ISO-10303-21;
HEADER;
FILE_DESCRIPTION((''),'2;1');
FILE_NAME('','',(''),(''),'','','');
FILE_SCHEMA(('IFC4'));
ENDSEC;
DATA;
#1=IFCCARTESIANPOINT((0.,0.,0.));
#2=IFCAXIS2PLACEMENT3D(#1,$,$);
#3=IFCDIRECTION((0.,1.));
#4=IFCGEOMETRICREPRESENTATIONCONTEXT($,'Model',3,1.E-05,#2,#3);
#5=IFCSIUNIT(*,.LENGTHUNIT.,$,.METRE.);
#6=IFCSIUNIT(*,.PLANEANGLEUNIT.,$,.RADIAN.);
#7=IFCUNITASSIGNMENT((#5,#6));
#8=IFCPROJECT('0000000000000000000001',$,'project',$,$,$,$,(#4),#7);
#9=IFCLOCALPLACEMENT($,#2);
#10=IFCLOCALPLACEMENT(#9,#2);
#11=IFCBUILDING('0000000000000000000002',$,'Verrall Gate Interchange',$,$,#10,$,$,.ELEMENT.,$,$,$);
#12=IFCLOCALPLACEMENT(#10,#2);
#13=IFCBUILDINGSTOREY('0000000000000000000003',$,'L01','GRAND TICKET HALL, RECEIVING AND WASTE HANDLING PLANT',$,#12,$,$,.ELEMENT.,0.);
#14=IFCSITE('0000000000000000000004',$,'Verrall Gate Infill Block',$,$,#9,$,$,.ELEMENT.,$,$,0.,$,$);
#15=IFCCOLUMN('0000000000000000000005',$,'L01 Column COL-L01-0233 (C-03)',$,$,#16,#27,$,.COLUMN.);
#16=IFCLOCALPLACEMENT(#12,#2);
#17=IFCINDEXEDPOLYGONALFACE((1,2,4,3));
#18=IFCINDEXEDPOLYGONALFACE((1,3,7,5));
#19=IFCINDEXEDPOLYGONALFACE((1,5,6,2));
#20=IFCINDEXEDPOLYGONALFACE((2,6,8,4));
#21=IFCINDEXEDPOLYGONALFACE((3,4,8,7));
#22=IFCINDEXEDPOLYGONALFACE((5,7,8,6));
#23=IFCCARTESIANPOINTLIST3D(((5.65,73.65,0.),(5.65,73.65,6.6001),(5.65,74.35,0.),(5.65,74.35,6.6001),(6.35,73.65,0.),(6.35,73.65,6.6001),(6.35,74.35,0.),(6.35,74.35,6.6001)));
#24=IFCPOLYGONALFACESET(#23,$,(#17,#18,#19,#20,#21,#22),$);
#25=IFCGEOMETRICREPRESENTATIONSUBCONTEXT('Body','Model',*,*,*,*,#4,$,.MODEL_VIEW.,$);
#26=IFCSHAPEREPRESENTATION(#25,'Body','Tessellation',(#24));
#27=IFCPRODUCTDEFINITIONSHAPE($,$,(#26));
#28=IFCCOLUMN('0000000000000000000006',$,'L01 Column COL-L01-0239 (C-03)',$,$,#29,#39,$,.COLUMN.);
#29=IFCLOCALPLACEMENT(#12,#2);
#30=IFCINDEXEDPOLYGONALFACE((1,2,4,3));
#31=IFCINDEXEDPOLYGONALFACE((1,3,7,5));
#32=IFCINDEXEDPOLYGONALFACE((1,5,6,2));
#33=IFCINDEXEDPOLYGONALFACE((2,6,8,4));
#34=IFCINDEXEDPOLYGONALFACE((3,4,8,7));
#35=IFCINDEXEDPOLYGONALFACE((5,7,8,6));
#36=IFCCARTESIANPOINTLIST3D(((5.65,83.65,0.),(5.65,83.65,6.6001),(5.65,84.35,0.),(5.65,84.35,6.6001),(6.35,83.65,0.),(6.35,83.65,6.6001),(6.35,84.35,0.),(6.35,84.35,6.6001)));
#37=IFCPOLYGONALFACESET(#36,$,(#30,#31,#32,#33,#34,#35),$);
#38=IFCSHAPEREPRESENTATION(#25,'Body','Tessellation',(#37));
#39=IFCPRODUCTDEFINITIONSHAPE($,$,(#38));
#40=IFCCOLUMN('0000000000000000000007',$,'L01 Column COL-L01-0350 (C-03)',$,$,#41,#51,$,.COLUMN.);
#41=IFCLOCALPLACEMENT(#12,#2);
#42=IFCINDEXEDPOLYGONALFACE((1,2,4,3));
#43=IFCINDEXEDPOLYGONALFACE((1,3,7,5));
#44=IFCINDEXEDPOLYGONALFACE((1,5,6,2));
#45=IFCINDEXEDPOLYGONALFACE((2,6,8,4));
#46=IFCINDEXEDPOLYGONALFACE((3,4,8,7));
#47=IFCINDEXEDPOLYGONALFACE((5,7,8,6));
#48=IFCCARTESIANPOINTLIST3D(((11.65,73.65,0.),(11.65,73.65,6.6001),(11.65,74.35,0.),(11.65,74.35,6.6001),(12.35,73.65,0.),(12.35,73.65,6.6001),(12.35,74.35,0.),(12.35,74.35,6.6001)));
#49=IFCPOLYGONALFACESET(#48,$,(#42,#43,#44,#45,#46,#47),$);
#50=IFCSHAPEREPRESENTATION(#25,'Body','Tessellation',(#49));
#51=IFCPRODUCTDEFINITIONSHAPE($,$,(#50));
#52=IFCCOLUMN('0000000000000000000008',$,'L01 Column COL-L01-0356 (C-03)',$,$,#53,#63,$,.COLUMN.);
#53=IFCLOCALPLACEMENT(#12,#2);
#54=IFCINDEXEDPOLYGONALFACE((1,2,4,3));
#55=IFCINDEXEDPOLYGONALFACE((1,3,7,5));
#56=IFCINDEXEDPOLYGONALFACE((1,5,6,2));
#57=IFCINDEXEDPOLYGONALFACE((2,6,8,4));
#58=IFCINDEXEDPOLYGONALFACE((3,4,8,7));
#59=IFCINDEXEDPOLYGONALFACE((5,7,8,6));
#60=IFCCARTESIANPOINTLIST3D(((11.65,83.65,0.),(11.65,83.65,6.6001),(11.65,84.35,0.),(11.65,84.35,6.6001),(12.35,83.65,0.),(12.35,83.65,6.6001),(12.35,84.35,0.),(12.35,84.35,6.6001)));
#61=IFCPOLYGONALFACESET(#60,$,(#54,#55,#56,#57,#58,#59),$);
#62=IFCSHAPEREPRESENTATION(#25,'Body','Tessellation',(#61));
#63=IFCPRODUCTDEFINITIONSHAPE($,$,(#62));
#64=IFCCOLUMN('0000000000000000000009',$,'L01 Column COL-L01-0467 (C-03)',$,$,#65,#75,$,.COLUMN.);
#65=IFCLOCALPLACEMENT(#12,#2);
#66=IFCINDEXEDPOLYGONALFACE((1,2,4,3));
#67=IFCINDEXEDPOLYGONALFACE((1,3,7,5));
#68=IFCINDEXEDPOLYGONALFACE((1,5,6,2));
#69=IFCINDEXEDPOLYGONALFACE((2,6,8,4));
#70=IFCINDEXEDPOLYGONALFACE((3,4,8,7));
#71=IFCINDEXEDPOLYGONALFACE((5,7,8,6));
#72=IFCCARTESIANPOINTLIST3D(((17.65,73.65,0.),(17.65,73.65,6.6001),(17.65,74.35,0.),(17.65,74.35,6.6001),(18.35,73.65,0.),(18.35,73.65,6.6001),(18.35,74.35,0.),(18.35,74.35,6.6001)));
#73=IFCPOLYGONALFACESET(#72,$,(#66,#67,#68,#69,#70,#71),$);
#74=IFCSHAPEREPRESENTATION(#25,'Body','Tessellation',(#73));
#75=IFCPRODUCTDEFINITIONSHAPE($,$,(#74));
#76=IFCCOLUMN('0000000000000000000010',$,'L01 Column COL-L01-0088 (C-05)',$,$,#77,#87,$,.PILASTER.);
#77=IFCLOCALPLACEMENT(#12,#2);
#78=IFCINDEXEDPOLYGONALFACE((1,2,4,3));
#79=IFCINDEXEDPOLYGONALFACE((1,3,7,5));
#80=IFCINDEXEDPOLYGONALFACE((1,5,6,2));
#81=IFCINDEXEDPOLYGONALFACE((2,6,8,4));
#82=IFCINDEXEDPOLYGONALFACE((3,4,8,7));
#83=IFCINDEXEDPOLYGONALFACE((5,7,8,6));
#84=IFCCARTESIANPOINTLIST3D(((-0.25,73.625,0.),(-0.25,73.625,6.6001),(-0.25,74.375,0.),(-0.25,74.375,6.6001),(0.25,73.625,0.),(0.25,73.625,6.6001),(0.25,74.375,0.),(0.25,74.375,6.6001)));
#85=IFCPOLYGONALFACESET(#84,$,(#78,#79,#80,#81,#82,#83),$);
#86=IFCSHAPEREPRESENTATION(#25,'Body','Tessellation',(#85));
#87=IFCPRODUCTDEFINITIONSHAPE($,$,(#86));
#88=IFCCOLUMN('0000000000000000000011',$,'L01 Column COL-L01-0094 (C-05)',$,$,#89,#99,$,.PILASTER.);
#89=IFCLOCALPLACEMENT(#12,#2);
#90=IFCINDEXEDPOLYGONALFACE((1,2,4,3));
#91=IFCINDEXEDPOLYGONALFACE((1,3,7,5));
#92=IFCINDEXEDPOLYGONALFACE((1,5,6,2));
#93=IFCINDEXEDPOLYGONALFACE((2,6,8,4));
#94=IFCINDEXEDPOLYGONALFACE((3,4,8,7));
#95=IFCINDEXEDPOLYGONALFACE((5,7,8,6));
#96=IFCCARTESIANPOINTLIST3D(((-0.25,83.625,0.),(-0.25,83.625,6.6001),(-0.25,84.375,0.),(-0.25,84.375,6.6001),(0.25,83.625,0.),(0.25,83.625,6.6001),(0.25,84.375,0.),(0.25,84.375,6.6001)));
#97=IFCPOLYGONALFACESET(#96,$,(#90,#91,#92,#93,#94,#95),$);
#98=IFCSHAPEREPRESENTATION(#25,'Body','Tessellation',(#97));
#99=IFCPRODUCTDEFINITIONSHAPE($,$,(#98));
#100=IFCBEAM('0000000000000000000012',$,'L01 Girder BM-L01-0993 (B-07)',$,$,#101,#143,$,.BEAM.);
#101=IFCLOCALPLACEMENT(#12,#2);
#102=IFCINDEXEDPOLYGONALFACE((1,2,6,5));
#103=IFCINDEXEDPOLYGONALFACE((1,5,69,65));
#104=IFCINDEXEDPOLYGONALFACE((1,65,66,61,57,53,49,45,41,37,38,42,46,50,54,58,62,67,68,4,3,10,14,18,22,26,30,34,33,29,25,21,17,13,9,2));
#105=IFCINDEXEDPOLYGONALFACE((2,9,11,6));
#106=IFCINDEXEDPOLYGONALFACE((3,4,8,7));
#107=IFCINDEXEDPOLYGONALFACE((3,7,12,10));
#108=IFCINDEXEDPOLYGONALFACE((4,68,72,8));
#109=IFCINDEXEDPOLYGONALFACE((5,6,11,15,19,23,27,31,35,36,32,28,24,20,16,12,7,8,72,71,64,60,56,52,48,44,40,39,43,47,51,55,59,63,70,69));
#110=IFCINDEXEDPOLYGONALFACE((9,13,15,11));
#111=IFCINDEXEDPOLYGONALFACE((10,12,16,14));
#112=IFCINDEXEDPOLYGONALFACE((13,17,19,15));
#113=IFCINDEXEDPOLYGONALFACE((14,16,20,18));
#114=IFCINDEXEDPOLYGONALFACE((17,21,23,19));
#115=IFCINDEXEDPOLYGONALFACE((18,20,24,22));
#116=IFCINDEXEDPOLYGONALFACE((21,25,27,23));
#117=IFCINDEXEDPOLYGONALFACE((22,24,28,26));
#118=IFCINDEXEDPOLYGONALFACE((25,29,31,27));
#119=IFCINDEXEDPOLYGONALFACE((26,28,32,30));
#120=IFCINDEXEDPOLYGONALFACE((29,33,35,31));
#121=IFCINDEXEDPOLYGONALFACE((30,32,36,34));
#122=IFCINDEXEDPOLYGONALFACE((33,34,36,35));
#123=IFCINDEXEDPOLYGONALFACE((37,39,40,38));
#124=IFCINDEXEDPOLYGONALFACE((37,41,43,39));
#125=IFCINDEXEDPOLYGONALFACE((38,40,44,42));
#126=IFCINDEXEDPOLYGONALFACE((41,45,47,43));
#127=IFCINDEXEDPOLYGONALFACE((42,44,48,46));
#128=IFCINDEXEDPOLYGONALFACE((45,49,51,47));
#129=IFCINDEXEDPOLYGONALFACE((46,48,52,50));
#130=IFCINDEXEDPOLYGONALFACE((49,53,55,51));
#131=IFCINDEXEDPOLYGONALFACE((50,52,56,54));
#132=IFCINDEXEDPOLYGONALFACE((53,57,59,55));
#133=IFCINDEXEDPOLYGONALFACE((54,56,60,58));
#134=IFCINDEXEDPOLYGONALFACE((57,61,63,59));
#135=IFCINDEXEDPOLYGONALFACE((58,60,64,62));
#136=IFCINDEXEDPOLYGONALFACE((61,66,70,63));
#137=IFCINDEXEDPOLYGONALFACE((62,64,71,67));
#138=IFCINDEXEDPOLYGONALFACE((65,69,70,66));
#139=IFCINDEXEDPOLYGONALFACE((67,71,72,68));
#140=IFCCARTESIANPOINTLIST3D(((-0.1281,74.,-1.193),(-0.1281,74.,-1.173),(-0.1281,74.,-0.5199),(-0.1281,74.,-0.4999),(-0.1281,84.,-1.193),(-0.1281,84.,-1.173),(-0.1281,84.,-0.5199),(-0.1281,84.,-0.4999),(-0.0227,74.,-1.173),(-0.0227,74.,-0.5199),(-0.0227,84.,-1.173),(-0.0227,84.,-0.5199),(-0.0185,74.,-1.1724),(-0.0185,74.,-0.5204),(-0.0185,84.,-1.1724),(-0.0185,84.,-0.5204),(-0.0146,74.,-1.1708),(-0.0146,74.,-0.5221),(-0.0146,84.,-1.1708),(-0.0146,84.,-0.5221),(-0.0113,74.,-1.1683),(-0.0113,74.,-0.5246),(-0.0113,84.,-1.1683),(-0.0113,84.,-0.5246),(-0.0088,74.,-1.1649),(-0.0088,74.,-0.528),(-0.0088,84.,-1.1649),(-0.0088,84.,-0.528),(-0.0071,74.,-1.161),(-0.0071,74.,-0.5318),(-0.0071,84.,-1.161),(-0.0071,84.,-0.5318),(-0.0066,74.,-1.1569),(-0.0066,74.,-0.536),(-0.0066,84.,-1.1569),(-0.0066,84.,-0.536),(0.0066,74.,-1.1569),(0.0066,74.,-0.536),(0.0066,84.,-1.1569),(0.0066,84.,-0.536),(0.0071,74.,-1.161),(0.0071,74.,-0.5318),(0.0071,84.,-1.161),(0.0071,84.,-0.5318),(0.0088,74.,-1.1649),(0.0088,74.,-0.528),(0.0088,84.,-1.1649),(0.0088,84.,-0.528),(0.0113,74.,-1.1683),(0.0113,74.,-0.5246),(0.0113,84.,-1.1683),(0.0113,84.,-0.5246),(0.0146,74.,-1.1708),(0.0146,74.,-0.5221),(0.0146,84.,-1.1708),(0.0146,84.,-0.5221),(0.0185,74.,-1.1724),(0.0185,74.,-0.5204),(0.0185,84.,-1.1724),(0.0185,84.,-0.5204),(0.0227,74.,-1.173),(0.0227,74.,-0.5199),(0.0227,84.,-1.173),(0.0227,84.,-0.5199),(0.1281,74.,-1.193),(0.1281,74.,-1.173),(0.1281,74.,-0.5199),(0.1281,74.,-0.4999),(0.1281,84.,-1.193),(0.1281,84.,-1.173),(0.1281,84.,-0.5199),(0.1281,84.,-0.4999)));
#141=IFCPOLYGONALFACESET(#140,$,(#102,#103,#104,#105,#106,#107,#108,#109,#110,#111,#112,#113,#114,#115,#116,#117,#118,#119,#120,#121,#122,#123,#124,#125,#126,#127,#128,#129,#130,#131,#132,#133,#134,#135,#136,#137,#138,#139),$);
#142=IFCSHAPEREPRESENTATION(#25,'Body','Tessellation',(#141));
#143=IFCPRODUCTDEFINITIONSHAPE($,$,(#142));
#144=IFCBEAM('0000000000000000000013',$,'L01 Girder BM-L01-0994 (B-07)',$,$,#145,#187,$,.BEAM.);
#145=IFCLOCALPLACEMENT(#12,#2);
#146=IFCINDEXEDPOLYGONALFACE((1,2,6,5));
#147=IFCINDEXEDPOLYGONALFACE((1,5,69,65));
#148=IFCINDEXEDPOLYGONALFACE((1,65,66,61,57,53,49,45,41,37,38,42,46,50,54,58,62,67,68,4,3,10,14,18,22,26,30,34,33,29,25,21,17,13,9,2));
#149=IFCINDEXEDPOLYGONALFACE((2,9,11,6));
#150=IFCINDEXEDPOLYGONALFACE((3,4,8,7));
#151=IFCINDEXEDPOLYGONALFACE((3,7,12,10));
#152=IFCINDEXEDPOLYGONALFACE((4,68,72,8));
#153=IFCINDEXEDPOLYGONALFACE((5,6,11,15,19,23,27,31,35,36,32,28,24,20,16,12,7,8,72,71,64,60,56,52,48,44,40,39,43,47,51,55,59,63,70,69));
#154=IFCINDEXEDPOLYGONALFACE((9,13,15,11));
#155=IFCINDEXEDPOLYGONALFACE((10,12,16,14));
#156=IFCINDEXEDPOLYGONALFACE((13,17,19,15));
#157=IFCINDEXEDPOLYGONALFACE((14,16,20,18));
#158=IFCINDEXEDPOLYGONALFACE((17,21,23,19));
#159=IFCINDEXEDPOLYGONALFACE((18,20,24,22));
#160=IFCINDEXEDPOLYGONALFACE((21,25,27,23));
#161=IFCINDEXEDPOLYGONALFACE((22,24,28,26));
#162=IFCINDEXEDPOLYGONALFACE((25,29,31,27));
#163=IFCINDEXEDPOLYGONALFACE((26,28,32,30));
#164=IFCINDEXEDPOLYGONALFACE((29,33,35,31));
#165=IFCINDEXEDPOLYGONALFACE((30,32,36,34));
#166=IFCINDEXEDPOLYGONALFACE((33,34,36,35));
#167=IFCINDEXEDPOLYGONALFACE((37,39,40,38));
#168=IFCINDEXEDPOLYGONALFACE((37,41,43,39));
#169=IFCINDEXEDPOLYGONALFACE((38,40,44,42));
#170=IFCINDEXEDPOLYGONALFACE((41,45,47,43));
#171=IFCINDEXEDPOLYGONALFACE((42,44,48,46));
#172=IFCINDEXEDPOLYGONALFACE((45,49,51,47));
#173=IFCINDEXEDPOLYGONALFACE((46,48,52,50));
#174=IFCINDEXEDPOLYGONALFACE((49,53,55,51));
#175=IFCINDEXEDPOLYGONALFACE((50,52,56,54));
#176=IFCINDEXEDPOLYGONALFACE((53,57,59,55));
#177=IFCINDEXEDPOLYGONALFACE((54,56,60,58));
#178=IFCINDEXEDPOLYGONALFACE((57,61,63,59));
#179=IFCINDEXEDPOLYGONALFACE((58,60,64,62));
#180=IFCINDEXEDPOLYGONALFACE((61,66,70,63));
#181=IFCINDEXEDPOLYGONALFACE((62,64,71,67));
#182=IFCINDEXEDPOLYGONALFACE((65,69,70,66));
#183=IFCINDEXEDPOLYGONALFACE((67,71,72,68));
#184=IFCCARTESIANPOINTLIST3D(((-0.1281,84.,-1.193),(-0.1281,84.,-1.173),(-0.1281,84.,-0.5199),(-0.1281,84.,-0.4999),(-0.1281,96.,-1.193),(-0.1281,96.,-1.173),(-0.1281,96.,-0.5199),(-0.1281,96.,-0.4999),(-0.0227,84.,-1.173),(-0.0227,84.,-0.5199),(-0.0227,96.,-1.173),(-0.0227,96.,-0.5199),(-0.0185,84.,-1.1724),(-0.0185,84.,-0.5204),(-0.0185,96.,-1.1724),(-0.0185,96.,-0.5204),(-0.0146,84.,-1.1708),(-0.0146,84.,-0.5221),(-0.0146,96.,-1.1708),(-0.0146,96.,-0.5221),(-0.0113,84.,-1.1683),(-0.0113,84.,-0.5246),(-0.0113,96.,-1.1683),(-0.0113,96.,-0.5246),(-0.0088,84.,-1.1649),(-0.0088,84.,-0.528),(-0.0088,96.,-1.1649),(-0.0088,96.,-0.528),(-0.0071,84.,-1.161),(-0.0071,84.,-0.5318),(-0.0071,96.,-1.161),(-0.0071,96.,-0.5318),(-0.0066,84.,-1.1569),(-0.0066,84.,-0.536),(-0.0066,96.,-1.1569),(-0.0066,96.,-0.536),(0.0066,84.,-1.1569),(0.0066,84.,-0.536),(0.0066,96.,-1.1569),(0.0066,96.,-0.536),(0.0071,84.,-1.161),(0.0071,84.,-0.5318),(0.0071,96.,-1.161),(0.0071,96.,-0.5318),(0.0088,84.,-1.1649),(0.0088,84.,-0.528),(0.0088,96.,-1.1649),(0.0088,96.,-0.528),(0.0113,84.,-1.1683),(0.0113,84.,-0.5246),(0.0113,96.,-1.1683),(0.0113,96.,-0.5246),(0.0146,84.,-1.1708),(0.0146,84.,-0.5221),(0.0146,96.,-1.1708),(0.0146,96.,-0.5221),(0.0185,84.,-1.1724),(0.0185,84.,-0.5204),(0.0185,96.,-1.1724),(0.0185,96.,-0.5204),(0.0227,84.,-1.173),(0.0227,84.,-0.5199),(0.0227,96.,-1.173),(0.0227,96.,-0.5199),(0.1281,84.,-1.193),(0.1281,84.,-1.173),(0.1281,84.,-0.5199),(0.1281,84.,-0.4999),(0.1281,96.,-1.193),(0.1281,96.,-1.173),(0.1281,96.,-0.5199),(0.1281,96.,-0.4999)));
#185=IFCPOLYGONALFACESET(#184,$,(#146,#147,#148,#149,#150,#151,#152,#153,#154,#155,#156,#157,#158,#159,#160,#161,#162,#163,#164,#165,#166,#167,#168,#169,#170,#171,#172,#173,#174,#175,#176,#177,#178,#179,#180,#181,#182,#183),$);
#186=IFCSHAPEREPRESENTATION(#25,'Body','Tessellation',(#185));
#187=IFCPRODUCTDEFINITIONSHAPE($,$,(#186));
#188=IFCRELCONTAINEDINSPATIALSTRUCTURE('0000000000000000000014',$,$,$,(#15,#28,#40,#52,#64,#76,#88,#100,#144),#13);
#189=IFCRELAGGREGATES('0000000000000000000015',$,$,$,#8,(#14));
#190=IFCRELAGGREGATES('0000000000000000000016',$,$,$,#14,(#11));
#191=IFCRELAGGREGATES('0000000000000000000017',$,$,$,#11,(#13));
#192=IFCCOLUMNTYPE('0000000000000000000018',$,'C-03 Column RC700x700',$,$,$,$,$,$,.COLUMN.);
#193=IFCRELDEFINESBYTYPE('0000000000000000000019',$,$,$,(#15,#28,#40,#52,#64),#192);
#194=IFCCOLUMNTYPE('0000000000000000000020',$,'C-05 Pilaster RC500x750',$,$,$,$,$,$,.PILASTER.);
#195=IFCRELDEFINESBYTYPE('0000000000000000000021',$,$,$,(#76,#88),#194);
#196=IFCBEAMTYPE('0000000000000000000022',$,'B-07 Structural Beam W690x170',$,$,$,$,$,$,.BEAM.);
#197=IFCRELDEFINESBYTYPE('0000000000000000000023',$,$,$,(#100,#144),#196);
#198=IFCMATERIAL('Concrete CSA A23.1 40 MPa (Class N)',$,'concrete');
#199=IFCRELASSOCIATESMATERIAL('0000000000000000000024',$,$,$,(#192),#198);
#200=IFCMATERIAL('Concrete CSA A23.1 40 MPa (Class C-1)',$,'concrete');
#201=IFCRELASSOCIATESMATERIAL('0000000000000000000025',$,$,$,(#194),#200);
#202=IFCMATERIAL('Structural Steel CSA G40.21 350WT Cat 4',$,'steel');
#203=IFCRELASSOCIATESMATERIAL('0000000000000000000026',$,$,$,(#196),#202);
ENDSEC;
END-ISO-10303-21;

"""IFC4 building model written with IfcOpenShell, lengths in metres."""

from ifc_helpers import new_model, si_unit, direction, frame, origin, origin_2d, place, context, subcontext, project, spatial, rectangle, i_section, extrude, material, material_profile, profile_set, type_object, element, save


model = new_model("IFC4")

# Units and contexts
model_context = context("Model", 3, precision=1e-05, world=origin(), true_north=direction((0.0, 1.0)))
body_context = subcontext(model_context, "Body", "Model", "MODEL_VIEW")
ifc_project = project(units=[si_unit("LENGTHUNIT", "METRE"), si_unit("PLANEANGLEUNIT", "RADIAN")], contexts=[model_context])

# Site, building, storey
site_placement = place(None, origin())
site = spatial("IfcSite", under=ifc_project, at=site_placement, Name="Verrall Gate Infill Block", CompositionType="ELEMENT", RefElevation=0.0)
building_placement = place(site_placement, origin())
building = spatial("IfcBuilding", under=site, at=building_placement, Name="Verrall Gate Interchange", CompositionType="ELEMENT")
storey_placement = place(building_placement, origin())
storey = spatial("IfcBuildingStorey", under=building, at=storey_placement, Name="L01", Description="GRAND TICKET HALL, RECEIVING AND WASTE HANDLING PLANT", CompositionType="ELEMENT", Elevation=0.0)

# Columns
ifc_material_1 = material(Name="Concrete CSA A23.1 40 MPa (Class N)", Category="concrete")
ifc_material_profile_1 = material_profile(ifc_material_1, rectangle(XDim=0.7, YDim=0.7, at=origin_2d()), Name="RC700x700")
ifc_profile_set_1 = profile_set([ifc_material_profile_1], Name="Concrete CSA A23.1 40 MPa (Class N)")
column_type_1 = type_object("IfcColumnType", Name="C-03 Column RC700x700", PredefinedType="COLUMN", material=ifc_profile_set_1)
for number, where, z_axis, x_axis, name in (
    (1, (6.0, 74.0, 0.0), (0.0, 0.0, 1.0), (1.0, 0.0, 0.0), "L01 Column COL-L01-0233 (C-03)"),
    (2, (6.0, 84.0, 0.0), (0.0, 0.0, 1.0), (1.0, 0.0, 0.0), "L01 Column COL-L01-0239 (C-03)"),
    (3, (12.0, 74.0, 0.0), (0.0, 0.0, 1.0), (1.0, 0.0, 0.0), "L01 Column COL-L01-0350 (C-03)"),
    (4, (12.0, 84.0, 0.0), (0.0, 0.0, 1.0), (1.0, 0.0, 0.0), "L01 Column COL-L01-0356 (C-03)"),
    (5, (18.0, 74.0, 0.0), (0.0, 0.0, 1.0), (1.0, 0.0, 0.0), "L01 Column COL-L01-0467 (C-03)"),
):
    element("IfcColumn", number, at=place(storey_placement, frame(where, z_axis=z_axis, x_axis=x_axis)), inside=storey, type_object=column_type_1, Name=name, PredefinedType="COLUMN", context=body_context, shape_type="SweptSolid", body=[
        extrude(rectangle(XDim=0.7, YDim=0.7, at=origin_2d()), origin(), (0.0, 0.0, 1.0), 6.6001),
    ])
ifc_material_2 = material(Name="Concrete CSA A23.1 40 MPa (Class C-1)", Category="concrete")
ifc_material_profile_2 = material_profile(ifc_material_2, rectangle(XDim=0.5, YDim=0.75, at=origin_2d()), Name="RC500x750")
ifc_profile_set_2 = profile_set([ifc_material_profile_2], Name="Concrete CSA A23.1 40 MPa (Class C-1)")
column_type_2 = type_object("IfcColumnType", Name="C-05 Pilaster RC500x750", PredefinedType="PILASTER", material=ifc_profile_set_2)
for number, where, z_axis, x_axis, name in (
    (6, (0.0, 74.0, 0.0), (0.0, 0.0, 1.0), (1.0, 0.0, 0.0), "L01 Column COL-L01-0088 (C-05)"),
    (7, (0.0, 84.0, 0.0), (0.0, 0.0, 1.0), (1.0, 0.0, 0.0), "L01 Column COL-L01-0094 (C-05)"),
):
    element("IfcColumn", number, at=place(storey_placement, frame(where, z_axis=z_axis, x_axis=x_axis)), inside=storey, type_object=column_type_2, Name=name, PredefinedType="PILASTER", context=body_context, shape_type="SweptSolid", body=[
        extrude(rectangle(XDim=0.5, YDim=0.75, at=origin_2d()), origin(), (0.0, 0.0, 1.0), 6.6001),
    ])

# Beams
ifc_material_3 = material(Name="Structural Steel CSA G40.21 350WT Cat 4", Category="steel")
ifc_material_profile_3 = material_profile(ifc_material_3, i_section(OverallWidth=0.2561, OverallDepth=0.6931, WebThickness=0.0132, FlangeThickness=0.02, FilletRadius=0.0161, at=origin_2d()), Name="W690x170")
ifc_profile_set_3 = profile_set([ifc_material_profile_3], Name="Structural Steel CSA G40.21 350WT Cat 4")
beam_type_1 = type_object("IfcBeamType", Name="B-07 Structural Beam W690x170", PredefinedType="BEAM", material=ifc_profile_set_3)
beam_1_placement = place(storey_placement, frame((0.0, 74.0, -0.8464), z_axis=(0.0, 1.0, 0.0), x_axis=(-1.0, 0.0, 0.0)))
element("IfcBeam", 8, at=beam_1_placement, inside=storey, type_object=beam_type_1, Name="L01 Girder BM-L01-0993 (B-07)", PredefinedType="BEAM", context=body_context, shape_type="SweptSolid", body=[
    extrude(i_section(OverallWidth=0.2561, OverallDepth=0.6931, WebThickness=0.0132, FlangeThickness=0.02, FilletRadius=0.0161, at=origin_2d()), origin(), (0.0, 0.0, 1.0), 10.0),
])
beam_2_placement = place(storey_placement, frame((0.0, 84.0, -0.8464), z_axis=(0.0, 1.0, 0.0), x_axis=(-1.0, 0.0, 0.0)))
element("IfcBeam", 9, at=beam_2_placement, inside=storey, type_object=beam_type_1, Name="L01 Girder BM-L01-0994 (B-07)", PredefinedType="BEAM", context=body_context, shape_type="SweptSolid", body=[
    extrude(i_section(OverallWidth=0.2561, OverallDepth=0.6931, WebThickness=0.0132, FlangeThickness=0.02, FilletRadius=0.0161, at=origin_2d()), origin(), (0.0, 0.0, 1.0), 12.0),
])

save(model, "model.ifc")
